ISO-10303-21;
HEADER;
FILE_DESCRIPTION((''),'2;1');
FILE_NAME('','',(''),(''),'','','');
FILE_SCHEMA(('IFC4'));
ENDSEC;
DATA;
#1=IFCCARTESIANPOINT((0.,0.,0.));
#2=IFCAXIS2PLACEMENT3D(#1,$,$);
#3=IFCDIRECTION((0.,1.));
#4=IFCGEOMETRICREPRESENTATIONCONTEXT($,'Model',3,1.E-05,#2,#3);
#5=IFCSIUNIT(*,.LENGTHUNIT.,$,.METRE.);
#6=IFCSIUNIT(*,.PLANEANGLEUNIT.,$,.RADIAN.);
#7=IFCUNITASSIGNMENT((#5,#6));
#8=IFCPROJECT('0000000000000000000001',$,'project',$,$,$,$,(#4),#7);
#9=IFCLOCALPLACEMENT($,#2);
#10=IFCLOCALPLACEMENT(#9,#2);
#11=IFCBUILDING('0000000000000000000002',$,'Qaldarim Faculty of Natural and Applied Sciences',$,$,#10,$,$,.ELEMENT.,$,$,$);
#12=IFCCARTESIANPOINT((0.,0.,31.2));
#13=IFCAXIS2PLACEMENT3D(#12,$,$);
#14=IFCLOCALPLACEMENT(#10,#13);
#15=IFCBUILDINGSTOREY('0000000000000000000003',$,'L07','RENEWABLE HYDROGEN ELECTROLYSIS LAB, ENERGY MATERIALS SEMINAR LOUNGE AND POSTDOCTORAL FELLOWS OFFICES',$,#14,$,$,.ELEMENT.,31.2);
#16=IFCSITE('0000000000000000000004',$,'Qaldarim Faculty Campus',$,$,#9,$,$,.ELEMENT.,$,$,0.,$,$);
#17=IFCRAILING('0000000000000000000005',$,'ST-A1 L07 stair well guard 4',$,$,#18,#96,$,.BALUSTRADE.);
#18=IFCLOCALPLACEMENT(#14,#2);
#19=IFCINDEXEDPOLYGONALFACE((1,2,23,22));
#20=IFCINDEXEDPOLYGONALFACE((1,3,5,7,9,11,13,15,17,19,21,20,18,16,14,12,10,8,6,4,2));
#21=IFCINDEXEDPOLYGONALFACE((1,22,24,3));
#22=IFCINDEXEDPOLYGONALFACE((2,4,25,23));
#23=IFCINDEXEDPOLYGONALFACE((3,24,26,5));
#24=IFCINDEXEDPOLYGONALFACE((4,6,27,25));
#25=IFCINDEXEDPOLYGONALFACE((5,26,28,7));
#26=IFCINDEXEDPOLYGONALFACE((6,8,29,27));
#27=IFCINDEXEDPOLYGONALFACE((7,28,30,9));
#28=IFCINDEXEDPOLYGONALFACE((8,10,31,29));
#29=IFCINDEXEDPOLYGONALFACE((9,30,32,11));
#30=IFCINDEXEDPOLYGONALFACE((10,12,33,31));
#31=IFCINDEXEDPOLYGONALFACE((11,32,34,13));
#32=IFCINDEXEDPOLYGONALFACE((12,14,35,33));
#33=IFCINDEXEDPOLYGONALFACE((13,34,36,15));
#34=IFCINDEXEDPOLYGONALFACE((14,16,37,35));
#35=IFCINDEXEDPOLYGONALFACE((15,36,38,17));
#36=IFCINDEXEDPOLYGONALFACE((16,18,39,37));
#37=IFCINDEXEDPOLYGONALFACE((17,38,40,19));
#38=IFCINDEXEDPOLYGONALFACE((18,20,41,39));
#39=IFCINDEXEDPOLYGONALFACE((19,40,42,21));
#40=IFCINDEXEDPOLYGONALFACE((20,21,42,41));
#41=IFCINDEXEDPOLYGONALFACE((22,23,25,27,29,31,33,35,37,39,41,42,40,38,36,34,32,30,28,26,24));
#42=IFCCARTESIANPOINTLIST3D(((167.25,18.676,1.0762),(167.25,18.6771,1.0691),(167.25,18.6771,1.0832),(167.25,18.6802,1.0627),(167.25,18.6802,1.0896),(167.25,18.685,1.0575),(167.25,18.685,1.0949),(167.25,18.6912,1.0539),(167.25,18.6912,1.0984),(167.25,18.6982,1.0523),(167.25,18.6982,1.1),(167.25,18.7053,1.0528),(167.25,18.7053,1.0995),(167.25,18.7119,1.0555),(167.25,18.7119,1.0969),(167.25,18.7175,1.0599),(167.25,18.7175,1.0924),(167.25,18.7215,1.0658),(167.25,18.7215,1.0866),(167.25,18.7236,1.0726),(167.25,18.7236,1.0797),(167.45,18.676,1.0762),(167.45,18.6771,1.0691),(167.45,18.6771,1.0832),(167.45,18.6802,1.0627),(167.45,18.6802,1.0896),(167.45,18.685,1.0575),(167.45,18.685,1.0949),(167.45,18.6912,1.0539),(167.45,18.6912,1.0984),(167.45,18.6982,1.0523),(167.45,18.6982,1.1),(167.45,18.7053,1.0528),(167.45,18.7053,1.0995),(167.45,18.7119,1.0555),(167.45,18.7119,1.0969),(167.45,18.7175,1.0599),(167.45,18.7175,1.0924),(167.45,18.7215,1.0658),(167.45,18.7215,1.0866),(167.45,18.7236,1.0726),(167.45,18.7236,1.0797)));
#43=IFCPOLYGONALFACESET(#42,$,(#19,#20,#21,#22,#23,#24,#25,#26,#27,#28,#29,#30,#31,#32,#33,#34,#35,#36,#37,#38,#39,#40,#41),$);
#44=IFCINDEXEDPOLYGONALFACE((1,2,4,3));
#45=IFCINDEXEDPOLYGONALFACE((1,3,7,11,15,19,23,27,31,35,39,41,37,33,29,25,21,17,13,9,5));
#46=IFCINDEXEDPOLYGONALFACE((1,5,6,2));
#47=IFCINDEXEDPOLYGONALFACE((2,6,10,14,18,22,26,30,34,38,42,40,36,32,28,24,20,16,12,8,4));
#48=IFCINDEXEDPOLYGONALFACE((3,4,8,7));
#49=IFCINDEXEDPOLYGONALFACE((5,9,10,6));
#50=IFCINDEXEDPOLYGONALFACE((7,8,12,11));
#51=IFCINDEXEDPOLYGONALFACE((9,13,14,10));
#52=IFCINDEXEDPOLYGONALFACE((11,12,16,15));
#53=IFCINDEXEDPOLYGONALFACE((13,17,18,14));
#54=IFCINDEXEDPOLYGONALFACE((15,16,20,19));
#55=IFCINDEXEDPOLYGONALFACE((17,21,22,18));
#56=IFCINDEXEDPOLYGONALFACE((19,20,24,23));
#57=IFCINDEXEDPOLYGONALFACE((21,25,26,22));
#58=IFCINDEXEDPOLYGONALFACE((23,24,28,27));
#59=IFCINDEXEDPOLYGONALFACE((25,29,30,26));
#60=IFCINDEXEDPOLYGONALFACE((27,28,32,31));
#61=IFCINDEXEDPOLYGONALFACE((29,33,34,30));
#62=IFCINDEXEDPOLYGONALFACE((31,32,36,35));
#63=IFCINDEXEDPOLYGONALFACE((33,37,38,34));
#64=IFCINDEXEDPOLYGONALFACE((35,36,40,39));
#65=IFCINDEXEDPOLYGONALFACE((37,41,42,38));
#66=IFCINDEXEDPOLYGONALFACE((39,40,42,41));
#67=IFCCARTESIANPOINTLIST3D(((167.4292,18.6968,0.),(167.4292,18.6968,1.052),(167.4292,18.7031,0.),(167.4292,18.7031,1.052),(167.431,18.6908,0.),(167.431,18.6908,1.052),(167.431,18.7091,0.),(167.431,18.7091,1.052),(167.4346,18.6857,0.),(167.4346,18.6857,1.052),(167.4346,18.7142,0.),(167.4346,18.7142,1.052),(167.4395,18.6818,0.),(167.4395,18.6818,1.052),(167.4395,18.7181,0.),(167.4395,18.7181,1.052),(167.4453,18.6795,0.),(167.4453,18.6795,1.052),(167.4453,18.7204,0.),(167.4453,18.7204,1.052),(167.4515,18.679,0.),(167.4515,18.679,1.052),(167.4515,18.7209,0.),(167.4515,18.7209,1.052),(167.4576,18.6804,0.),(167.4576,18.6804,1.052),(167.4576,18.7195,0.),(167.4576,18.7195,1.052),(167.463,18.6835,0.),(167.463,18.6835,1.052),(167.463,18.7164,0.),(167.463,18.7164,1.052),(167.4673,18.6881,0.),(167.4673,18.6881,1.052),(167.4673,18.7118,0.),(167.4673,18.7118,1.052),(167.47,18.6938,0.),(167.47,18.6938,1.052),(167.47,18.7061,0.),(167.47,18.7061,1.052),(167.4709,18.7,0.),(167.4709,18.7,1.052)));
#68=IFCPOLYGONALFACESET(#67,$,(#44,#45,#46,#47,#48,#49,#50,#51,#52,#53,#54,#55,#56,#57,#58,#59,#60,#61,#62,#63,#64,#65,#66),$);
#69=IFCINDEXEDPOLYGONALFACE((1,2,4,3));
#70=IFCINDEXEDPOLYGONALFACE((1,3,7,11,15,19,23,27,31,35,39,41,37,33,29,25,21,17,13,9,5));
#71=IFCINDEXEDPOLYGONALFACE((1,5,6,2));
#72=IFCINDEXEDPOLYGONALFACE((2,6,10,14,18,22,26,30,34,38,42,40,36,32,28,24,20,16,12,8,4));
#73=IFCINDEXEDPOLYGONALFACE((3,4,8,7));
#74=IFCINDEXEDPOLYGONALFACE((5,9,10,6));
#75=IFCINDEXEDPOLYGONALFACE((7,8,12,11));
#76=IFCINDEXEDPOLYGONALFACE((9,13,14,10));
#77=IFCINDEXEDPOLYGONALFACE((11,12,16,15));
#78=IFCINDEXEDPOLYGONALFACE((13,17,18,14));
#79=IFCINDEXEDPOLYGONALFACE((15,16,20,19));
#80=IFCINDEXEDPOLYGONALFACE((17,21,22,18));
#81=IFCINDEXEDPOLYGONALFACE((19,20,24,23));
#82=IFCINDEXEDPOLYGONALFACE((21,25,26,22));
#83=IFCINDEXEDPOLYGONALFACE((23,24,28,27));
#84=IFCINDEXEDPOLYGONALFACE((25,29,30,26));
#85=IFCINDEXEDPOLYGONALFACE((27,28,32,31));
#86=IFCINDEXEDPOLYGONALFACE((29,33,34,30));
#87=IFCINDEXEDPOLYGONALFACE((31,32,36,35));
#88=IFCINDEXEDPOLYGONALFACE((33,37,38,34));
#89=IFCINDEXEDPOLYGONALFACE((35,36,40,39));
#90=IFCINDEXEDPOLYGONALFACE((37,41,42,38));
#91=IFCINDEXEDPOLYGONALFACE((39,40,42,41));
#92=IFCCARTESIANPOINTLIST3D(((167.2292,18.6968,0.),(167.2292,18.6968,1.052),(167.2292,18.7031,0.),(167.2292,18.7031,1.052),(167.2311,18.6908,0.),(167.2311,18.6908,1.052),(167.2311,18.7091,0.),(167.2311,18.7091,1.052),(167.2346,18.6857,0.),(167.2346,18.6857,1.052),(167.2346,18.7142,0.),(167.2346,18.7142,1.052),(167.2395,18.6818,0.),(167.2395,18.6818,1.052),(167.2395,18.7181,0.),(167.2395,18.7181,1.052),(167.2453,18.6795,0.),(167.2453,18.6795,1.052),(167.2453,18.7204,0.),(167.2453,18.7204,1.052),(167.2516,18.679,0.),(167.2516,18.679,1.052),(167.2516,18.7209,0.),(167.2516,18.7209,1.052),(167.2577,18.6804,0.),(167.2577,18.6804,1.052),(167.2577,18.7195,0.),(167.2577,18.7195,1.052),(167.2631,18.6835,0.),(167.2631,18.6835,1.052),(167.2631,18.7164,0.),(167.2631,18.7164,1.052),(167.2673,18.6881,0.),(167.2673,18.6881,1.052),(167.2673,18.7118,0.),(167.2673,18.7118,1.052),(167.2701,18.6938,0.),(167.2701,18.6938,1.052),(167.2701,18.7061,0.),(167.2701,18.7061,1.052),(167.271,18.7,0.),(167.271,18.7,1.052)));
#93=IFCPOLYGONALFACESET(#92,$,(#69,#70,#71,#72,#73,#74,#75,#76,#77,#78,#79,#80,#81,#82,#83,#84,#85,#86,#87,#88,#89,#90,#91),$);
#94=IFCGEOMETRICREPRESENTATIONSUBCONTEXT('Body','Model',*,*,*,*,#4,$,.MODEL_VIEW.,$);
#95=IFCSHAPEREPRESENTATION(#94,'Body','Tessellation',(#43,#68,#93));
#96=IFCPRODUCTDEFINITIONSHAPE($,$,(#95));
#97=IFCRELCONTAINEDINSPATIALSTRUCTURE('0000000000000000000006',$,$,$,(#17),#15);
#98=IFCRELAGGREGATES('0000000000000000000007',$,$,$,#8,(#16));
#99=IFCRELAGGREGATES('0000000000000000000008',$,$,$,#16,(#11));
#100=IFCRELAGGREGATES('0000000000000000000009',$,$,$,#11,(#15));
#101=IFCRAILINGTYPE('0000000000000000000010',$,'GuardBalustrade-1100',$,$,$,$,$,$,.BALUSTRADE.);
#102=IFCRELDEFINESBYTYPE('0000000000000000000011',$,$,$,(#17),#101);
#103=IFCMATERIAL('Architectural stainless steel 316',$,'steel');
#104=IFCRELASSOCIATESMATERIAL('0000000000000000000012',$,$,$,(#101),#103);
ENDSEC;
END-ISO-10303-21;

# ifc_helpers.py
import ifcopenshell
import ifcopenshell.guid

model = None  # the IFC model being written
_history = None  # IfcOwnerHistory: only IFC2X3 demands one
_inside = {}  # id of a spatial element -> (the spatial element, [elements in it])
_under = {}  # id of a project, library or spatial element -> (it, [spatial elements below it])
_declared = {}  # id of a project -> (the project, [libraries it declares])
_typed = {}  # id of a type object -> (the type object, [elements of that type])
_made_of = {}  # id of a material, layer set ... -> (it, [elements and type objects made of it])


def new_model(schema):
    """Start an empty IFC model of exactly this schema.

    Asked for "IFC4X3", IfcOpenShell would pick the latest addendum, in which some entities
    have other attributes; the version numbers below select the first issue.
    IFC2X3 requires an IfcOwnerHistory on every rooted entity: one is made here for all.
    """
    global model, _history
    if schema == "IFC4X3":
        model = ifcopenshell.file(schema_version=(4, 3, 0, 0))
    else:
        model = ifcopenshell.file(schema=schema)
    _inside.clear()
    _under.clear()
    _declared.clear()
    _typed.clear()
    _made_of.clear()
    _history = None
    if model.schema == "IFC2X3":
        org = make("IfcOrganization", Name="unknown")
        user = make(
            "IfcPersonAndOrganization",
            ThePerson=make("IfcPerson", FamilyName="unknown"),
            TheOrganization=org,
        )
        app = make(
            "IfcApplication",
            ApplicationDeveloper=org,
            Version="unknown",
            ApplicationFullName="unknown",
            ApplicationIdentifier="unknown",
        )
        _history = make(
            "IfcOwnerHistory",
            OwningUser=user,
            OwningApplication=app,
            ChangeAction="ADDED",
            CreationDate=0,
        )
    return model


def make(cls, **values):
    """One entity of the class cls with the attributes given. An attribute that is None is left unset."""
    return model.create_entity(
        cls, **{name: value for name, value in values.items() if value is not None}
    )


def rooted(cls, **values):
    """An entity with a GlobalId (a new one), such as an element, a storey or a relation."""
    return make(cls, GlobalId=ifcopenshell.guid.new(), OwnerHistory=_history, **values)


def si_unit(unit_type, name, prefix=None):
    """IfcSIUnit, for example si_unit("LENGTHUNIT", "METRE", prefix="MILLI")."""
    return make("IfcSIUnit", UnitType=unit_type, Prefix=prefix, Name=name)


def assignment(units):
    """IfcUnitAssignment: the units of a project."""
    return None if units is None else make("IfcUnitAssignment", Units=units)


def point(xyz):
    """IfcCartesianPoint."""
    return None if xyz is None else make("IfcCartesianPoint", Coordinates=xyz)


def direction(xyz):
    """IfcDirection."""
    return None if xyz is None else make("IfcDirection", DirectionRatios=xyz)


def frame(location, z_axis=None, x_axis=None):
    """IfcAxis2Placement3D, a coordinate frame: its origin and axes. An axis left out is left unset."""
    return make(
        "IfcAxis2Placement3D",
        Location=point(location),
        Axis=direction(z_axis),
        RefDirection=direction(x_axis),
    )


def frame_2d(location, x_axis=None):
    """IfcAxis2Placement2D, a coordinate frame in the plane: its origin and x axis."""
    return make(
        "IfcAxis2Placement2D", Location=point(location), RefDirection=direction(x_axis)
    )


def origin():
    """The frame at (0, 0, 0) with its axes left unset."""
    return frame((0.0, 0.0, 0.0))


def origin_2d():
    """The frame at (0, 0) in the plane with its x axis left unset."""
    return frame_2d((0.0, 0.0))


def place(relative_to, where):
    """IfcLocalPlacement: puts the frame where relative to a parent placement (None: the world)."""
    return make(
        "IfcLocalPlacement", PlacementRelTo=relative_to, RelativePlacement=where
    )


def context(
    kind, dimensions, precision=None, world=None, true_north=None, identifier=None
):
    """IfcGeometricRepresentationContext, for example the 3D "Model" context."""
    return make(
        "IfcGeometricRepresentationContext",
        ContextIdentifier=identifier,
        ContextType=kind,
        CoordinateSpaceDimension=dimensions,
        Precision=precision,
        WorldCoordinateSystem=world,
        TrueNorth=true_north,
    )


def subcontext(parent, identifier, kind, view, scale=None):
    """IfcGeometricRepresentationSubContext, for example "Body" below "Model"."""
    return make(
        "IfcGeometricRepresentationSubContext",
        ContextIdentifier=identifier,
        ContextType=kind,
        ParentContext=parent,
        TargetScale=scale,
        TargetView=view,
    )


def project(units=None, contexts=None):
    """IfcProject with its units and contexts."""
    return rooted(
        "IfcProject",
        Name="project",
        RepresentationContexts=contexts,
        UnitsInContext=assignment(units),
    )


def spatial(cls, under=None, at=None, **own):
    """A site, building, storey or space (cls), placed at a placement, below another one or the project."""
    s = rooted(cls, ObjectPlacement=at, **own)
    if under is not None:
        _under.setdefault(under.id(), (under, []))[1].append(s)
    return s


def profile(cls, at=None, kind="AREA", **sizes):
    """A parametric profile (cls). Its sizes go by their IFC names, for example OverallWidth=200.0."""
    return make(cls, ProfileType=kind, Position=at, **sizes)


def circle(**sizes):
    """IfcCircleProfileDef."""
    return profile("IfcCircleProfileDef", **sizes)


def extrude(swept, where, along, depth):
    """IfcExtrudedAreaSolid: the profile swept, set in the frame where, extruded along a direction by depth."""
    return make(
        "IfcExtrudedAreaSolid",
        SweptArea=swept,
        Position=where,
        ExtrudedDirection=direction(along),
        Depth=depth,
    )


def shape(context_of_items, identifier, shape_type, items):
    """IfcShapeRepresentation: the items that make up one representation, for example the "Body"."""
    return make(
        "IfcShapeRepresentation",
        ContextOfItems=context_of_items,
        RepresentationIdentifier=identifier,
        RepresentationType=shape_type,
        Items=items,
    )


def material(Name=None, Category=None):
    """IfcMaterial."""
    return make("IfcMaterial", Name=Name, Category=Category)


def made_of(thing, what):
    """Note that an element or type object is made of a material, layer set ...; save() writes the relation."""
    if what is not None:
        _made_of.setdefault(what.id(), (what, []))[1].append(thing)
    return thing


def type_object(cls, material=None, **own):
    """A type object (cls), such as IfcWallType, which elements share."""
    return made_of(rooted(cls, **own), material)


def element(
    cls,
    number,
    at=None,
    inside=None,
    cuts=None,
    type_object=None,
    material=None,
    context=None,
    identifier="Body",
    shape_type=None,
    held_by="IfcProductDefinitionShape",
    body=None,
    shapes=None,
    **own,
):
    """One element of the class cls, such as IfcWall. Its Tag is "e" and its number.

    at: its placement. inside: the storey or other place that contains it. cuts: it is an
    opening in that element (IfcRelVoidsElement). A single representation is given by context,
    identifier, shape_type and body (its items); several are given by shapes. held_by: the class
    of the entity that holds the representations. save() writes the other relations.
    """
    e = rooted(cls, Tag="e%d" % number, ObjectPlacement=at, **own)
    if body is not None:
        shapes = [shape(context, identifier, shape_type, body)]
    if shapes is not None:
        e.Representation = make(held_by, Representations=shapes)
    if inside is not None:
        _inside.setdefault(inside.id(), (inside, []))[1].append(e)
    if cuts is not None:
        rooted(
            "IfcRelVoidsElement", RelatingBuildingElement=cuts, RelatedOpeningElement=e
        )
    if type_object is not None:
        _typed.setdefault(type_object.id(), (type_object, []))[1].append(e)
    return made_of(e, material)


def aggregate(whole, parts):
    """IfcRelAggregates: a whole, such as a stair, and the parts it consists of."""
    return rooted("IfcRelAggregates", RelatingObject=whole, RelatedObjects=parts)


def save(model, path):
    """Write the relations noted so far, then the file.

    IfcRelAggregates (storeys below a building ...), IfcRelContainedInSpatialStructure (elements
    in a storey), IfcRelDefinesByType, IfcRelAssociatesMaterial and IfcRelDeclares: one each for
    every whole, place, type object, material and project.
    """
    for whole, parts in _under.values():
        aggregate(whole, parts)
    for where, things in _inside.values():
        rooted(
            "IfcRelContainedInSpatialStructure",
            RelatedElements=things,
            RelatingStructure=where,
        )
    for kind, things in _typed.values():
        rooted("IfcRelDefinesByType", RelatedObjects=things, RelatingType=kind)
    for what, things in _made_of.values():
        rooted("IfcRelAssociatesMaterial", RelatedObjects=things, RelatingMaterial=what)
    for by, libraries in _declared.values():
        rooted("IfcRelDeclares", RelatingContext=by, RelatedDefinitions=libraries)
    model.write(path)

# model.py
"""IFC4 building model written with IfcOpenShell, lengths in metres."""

from ifc_helpers import new_model, si_unit, direction, frame, origin, origin_2d, place, context, subcontext, project, spatial, circle, extrude, material, type_object, element, save


model = new_model("IFC4")

# Units and contexts
model_context = context("Model", 3, precision=1e-05, world=origin(), true_north=direction((0.0, 1.0)))
body_context = subcontext(model_context, "Body", "Model", "MODEL_VIEW")
ifc_project = project(units=[si_unit("LENGTHUNIT", "METRE"), si_unit("PLANEANGLEUNIT", "RADIAN")], contexts=[model_context])

# Site, building, storey
site_placement = place(None, origin())
site = spatial("IfcSite", under=ifc_project, at=site_placement, Name="Qaldarim Faculty Campus", CompositionType="ELEMENT", RefElevation=0.0)
building_placement = place(site_placement, origin())
building = spatial("IfcBuilding", under=site, at=building_placement, Name="Qaldarim Faculty of Natural and Applied Sciences", CompositionType="ELEMENT")
storey_placement = place(building_placement, frame((0.0, 0.0, 31.2)))
storey = spatial("IfcBuildingStorey", under=building, at=storey_placement, Name="L07", Description="RENEWABLE HYDROGEN ELECTROLYSIS LAB, ENERGY MATERIALS SEMINAR LOUNGE AND POSTDOCTORAL FELLOWS OFFICES", CompositionType="ELEMENT", Elevation=31.2)

# Railing
ifc_material_1 = material(Name="Architectural stainless steel 316", Category="steel")
railing_type_1 = type_object("IfcRailingType", Name="GuardBalustrade-1100", PredefinedType="BALUSTRADE", material=ifc_material_1)
railing_1_placement = place(storey_placement, frame((167.45, 18.7, 0.0)))
element("IfcRailing", 1, at=railing_1_placement, inside=storey, type_object=railing_type_1, Name="ST-A1 L07 stair well guard 4", PredefinedType="BALUSTRADE", context=body_context, shape_type="SweptSolid", body=[
    extrude(circle(Radius=0.0239, at=origin_2d()), frame((0.0, 0.0, 1.0762), z_axis=(-1.0, 0.0, 0.0), x_axis=(0.0, -1.0, 0.0)), (0.0, 0.0, 1.0), 0.2),
    extrude(circle(Radius=0.021, at=origin_2d()), origin(), (0.0, 0.0, 1.0), 1.052),
    extrude(circle(Radius=0.021, at=origin_2d()), frame((-0.2, 0.0, 0.0)), (0.0, 0.0, 1.0), 1.052),
])

save(model, "model.ifc")
